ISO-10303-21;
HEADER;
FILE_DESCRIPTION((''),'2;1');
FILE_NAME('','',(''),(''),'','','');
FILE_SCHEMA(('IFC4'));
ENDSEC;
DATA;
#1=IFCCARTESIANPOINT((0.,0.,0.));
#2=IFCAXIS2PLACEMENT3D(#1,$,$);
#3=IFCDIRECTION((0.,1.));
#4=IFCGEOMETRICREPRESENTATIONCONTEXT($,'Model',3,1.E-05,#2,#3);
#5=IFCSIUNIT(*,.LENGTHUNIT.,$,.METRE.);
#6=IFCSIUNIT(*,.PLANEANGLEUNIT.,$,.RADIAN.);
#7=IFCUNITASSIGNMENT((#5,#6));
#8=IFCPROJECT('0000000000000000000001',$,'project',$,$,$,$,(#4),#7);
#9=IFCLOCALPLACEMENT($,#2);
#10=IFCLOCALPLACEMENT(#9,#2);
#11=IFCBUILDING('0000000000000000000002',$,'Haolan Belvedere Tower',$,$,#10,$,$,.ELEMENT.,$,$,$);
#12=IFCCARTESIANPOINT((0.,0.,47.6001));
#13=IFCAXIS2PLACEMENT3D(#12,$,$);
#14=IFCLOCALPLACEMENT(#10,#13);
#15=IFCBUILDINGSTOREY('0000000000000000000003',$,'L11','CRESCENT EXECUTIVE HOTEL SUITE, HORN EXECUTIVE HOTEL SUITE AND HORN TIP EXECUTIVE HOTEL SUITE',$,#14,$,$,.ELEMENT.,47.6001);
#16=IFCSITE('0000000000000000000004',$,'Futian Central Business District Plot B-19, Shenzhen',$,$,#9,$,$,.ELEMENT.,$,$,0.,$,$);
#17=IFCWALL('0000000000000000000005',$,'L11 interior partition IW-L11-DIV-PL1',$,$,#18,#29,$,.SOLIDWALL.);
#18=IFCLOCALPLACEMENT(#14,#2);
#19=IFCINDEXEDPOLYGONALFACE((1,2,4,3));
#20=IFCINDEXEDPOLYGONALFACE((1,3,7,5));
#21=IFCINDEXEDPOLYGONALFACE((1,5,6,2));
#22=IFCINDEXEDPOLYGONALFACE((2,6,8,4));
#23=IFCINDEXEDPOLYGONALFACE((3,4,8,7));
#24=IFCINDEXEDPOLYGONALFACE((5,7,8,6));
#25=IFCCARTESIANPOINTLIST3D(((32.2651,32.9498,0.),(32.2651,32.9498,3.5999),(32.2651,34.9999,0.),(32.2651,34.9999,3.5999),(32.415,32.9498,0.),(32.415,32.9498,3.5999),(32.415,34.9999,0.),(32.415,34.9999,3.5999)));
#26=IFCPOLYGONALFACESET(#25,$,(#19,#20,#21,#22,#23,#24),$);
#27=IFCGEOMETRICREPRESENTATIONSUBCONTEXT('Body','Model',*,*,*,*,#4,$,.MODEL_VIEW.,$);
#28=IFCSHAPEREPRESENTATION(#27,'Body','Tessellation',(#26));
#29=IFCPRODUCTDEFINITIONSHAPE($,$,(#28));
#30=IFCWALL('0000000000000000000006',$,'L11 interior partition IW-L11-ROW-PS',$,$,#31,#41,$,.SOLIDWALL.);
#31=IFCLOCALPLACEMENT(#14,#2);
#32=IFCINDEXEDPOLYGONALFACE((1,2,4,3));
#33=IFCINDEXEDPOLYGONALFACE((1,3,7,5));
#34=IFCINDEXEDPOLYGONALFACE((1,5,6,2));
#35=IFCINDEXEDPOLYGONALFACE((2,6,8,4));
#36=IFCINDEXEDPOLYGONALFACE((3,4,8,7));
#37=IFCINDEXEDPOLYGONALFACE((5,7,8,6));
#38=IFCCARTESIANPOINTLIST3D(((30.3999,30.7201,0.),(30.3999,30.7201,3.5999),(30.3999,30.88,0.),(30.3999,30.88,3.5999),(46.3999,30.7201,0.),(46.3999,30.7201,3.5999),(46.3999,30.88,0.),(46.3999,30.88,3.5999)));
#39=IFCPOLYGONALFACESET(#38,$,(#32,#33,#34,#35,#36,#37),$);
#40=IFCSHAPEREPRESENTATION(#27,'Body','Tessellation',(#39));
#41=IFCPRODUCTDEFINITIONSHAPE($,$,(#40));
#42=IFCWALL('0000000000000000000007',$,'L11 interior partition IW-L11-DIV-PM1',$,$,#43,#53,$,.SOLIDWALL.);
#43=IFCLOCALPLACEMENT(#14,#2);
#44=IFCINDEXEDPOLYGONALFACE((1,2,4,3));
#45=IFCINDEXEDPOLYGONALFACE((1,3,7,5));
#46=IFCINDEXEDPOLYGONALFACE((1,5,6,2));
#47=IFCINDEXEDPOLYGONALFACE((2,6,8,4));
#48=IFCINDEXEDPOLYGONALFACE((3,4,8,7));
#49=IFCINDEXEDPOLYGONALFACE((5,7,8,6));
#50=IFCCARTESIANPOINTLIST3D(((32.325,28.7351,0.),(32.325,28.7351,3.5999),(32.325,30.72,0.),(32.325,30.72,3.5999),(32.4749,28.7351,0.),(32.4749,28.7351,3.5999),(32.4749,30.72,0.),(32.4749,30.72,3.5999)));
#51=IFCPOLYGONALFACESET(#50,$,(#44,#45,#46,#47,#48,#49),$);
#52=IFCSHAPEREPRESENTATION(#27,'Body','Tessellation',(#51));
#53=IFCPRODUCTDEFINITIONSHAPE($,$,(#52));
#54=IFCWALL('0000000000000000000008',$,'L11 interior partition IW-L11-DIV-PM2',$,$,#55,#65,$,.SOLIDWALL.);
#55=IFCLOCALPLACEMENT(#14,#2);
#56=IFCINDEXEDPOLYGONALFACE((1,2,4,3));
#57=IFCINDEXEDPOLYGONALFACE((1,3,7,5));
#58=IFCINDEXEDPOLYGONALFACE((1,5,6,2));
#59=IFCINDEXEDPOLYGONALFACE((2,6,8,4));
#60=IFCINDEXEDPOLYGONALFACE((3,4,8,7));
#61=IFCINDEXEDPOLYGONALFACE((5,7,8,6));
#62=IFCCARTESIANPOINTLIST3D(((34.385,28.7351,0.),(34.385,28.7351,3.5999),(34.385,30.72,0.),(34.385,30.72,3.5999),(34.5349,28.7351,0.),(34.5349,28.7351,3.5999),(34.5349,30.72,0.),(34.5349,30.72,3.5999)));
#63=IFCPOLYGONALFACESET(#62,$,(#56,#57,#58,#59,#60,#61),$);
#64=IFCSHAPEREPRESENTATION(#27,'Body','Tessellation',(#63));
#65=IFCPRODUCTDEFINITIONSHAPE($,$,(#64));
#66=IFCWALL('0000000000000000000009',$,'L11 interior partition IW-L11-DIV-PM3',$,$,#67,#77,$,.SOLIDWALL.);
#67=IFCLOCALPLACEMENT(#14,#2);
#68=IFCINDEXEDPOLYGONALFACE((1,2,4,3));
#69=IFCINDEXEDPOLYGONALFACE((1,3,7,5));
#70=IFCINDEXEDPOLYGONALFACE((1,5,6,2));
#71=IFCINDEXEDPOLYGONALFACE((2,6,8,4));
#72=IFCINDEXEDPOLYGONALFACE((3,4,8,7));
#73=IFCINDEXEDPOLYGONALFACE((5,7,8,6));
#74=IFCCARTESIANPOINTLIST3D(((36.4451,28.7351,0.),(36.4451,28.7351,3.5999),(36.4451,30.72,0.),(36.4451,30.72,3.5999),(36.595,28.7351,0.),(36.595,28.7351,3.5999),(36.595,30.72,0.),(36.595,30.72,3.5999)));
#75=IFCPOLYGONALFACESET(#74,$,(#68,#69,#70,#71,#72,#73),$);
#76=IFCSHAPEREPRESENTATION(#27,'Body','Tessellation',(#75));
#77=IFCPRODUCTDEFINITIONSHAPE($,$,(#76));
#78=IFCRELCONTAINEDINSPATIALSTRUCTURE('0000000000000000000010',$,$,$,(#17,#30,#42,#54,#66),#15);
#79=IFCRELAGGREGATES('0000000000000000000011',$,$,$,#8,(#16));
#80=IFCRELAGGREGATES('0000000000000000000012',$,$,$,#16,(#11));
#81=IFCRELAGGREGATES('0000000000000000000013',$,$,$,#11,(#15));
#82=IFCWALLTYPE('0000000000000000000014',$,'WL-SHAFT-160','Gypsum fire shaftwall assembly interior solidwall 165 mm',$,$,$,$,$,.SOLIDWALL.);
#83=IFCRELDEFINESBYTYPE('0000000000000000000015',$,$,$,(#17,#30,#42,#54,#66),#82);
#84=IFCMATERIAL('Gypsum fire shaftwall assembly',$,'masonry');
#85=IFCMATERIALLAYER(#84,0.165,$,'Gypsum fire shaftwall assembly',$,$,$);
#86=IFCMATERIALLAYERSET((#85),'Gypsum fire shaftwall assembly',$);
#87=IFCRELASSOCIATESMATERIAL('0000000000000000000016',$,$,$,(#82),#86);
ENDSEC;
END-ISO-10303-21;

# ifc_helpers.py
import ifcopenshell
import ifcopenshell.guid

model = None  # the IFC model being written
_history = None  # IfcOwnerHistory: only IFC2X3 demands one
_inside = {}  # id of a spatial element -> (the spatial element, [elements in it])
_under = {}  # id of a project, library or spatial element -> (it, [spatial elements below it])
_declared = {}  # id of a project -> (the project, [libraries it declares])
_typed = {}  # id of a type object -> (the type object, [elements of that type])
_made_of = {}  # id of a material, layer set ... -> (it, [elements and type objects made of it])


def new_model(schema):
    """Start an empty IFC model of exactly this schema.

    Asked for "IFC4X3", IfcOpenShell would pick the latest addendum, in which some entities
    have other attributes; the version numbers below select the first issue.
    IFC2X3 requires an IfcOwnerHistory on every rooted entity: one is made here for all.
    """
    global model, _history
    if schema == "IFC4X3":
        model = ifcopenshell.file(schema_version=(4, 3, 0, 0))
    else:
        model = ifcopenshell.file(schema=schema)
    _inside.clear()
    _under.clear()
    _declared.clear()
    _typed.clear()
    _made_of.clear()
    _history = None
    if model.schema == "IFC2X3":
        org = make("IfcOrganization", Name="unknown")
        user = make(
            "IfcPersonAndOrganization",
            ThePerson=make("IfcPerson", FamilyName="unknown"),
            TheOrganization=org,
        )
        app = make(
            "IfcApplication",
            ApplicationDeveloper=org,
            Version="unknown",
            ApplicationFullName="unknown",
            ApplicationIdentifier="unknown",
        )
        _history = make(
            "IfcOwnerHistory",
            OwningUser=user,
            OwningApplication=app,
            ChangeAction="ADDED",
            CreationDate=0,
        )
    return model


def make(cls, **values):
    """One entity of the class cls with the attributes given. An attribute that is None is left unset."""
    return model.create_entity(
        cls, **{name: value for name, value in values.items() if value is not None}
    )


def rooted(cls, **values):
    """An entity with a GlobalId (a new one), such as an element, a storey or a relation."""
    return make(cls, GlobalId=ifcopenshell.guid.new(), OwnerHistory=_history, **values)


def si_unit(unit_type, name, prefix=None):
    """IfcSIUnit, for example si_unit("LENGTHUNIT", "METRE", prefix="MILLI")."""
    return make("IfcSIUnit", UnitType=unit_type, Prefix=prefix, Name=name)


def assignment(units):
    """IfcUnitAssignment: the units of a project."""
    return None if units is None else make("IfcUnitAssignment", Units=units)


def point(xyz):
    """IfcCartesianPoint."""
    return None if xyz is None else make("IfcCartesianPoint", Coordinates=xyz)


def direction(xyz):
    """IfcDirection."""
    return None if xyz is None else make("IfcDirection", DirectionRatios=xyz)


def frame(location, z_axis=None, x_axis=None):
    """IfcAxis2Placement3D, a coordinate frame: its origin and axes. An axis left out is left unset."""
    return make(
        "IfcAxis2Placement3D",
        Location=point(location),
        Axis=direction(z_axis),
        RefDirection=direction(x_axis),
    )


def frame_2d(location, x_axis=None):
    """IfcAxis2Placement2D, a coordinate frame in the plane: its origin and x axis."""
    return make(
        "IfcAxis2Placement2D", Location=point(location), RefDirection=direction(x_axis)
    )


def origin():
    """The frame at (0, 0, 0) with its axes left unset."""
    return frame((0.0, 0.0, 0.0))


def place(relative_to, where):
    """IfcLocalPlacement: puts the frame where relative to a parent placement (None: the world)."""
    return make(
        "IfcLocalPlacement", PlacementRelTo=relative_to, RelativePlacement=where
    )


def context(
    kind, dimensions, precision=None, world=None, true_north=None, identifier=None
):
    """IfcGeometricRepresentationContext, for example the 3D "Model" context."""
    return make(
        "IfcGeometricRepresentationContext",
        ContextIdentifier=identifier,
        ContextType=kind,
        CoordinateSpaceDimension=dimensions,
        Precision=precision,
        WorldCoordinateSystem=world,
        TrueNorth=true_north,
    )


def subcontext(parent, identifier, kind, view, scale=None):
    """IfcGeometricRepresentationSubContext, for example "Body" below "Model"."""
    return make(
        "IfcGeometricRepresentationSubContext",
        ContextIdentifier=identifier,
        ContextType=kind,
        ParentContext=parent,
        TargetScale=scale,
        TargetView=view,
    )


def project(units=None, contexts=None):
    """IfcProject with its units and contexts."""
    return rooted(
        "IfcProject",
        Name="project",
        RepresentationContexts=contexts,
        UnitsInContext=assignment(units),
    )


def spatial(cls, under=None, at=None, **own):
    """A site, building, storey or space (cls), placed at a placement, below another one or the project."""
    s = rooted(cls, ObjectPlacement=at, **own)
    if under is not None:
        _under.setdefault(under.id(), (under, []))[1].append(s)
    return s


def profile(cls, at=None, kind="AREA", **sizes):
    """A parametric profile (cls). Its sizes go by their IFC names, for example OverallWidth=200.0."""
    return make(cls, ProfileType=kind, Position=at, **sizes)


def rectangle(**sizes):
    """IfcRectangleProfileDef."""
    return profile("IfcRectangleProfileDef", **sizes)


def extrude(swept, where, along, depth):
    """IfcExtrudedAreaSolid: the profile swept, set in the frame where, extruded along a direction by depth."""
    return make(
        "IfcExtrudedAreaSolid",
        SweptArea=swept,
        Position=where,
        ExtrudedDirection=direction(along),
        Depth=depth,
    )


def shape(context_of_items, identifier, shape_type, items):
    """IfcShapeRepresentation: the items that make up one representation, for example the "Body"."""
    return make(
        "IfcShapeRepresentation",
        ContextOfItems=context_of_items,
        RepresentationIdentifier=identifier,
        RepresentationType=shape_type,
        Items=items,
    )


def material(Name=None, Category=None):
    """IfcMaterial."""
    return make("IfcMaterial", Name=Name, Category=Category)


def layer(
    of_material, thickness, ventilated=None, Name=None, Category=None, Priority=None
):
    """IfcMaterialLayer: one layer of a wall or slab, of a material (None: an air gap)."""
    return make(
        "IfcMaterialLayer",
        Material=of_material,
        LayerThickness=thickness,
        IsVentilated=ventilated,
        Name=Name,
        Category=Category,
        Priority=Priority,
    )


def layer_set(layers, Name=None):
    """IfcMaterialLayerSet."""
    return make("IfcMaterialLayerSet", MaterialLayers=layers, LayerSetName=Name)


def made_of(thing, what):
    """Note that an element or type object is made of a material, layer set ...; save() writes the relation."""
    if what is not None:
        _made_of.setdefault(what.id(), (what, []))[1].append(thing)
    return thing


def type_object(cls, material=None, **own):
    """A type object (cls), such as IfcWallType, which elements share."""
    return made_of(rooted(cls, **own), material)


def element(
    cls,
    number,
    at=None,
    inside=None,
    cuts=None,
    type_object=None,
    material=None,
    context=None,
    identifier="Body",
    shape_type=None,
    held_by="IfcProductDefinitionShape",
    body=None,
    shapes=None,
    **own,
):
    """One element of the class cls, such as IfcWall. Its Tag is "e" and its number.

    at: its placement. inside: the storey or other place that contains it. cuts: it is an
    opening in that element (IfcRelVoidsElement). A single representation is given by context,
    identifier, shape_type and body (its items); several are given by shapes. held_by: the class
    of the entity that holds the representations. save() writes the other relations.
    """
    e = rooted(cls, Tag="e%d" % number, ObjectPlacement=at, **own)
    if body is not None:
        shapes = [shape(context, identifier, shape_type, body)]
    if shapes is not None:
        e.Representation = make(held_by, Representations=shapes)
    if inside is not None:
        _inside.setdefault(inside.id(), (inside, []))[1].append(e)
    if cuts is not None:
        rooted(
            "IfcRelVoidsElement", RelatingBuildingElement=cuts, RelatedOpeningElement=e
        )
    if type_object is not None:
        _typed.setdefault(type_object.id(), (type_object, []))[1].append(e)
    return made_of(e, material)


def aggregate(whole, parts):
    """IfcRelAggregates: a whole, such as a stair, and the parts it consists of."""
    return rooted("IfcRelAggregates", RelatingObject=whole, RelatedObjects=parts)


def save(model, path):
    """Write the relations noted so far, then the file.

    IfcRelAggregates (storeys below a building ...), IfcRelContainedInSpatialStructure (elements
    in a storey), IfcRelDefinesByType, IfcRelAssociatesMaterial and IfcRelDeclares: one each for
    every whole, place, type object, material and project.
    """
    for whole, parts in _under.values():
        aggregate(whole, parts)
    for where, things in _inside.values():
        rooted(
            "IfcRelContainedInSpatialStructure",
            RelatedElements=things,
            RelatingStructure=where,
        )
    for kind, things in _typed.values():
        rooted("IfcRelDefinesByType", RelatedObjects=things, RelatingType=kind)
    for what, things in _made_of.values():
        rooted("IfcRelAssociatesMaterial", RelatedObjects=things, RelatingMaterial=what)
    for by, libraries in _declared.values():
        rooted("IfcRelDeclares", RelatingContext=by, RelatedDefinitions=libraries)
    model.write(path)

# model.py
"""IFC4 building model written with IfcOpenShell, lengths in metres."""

from ifc_helpers import new_model, si_unit, direction, frame, frame_2d, origin, place, context, subcontext, project, spatial, rectangle, extrude, material, layer, layer_set, type_object, element, save


model = new_model("IFC4")

# Units and contexts
model_context = context("Model", 3, precision=1e-05, world=origin(), true_north=direction((0.0, 1.0)))
body_context = subcontext(model_context, "Body", "Model", "MODEL_VIEW")
ifc_project = project(units=[si_unit("LENGTHUNIT", "METRE"), si_unit("PLANEANGLEUNIT", "RADIAN")], contexts=[model_context])

# Site, building, storey
site_placement = place(None, origin())
site = spatial("IfcSite", under=ifc_project, at=site_placement, Name="Futian Central Business District Plot B-19, Shenzhen", CompositionType="ELEMENT", RefElevation=0.0)
building_placement = place(site_placement, origin())
building = spatial("IfcBuilding", under=site, at=building_placement, Name="Haolan Belvedere Tower", CompositionType="ELEMENT")
storey_placement = place(building_placement, frame((0.0, 0.0, 47.6001)))
storey = spatial("IfcBuildingStorey", under=building, at=storey_placement, Name="L11", Description="CRESCENT EXECUTIVE HOTEL SUITE, HORN EXECUTIVE HOTEL SUITE AND HORN TIP EXECUTIVE HOTEL SUITE", CompositionType="ELEMENT", Elevation=47.6001)

# Shared definitions
ifc_material_1 = material(Name="Gypsum fire shaftwall assembly", Category="masonry")
ifc_layer_1 = layer(ifc_material_1, 0.165, Name="Gypsum fire shaftwall assembly")
ifc_layer_set_1 = layer_set([ifc_layer_1], Name="Gypsum fire shaftwall assembly")
wall_type_1 = type_object("IfcWallType", Name="WL-SHAFT-160", Description="Gypsum fire shaftwall assembly interior solidwall 165 mm", PredefinedType="SOLIDWALL", material=ifc_layer_set_1)

# Walls
wall_1_placement = place(storey_placement, frame((32.3401, 32.95, 0.0), z_axis=(0.0, 0.0, 1.0), x_axis=(0.0, 1.0, 0.0)))
element("IfcWall", 1, at=wall_1_placement, inside=storey, type_object=wall_type_1, Name="L11 interior partition IW-L11-DIV-PL1", PredefinedType="SOLIDWALL", context=body_context, shape_type="SweptSolid", body=[
    extrude(rectangle(XDim=2.05, YDim=0.1499, at=frame_2d((1.0249, 0.0))), origin(), (0.0, 0.0, 1.0), 3.5999),
])
wall_2_placement = place(storey_placement, frame((30.3999, 30.8, 0.0), z_axis=(0.0, 0.0, 1.0), x_axis=(1.0, 0.0, 0.0)))
element("IfcWall", 2, at=wall_2_placement, inside=storey, type_object=wall_type_1, Name="L11 interior partition IW-L11-ROW-PS", PredefinedType="SOLIDWALL", context=body_context, shape_type="SweptSolid", body=[
    extrude(rectangle(XDim=16.0, YDim=0.1599, at=frame_2d((8.0, 0.0))), origin(), (0.0, 0.0, 1.0), 3.5999),
])
for number, where, z_axis, x_axis, name in (
    (3, (32.3999, 28.7351, 0.0), (0.0, 0.0, 1.0), (0.0, 1.0, 0.0), "L11 interior partition IW-L11-DIV-PM1"),
    (4, (34.46, 28.7351, 0.0), (0.0, 0.0, 1.0), (0.0, 1.0, 0.0), "L11 interior partition IW-L11-DIV-PM2"),
    (5, (36.52, 28.7351, 0.0), (0.0, 0.0, 1.0), (0.0, 1.0, 0.0), "L11 interior partition IW-L11-DIV-PM3"),
):
    element("IfcWall", number, at=place(storey_placement, frame(where, z_axis=z_axis, x_axis=x_axis)), inside=storey, type_object=wall_type_1, Name=name, PredefinedType="SOLIDWALL", context=body_context, shape_type="SweptSolid", body=[
        extrude(rectangle(XDim=1.9849, YDim=0.1499, at=frame_2d((0.9924, 0.0))), origin(), (0.0, 0.0, 1.0), 3.5999),
    ])

save(model, "model.ifc")
